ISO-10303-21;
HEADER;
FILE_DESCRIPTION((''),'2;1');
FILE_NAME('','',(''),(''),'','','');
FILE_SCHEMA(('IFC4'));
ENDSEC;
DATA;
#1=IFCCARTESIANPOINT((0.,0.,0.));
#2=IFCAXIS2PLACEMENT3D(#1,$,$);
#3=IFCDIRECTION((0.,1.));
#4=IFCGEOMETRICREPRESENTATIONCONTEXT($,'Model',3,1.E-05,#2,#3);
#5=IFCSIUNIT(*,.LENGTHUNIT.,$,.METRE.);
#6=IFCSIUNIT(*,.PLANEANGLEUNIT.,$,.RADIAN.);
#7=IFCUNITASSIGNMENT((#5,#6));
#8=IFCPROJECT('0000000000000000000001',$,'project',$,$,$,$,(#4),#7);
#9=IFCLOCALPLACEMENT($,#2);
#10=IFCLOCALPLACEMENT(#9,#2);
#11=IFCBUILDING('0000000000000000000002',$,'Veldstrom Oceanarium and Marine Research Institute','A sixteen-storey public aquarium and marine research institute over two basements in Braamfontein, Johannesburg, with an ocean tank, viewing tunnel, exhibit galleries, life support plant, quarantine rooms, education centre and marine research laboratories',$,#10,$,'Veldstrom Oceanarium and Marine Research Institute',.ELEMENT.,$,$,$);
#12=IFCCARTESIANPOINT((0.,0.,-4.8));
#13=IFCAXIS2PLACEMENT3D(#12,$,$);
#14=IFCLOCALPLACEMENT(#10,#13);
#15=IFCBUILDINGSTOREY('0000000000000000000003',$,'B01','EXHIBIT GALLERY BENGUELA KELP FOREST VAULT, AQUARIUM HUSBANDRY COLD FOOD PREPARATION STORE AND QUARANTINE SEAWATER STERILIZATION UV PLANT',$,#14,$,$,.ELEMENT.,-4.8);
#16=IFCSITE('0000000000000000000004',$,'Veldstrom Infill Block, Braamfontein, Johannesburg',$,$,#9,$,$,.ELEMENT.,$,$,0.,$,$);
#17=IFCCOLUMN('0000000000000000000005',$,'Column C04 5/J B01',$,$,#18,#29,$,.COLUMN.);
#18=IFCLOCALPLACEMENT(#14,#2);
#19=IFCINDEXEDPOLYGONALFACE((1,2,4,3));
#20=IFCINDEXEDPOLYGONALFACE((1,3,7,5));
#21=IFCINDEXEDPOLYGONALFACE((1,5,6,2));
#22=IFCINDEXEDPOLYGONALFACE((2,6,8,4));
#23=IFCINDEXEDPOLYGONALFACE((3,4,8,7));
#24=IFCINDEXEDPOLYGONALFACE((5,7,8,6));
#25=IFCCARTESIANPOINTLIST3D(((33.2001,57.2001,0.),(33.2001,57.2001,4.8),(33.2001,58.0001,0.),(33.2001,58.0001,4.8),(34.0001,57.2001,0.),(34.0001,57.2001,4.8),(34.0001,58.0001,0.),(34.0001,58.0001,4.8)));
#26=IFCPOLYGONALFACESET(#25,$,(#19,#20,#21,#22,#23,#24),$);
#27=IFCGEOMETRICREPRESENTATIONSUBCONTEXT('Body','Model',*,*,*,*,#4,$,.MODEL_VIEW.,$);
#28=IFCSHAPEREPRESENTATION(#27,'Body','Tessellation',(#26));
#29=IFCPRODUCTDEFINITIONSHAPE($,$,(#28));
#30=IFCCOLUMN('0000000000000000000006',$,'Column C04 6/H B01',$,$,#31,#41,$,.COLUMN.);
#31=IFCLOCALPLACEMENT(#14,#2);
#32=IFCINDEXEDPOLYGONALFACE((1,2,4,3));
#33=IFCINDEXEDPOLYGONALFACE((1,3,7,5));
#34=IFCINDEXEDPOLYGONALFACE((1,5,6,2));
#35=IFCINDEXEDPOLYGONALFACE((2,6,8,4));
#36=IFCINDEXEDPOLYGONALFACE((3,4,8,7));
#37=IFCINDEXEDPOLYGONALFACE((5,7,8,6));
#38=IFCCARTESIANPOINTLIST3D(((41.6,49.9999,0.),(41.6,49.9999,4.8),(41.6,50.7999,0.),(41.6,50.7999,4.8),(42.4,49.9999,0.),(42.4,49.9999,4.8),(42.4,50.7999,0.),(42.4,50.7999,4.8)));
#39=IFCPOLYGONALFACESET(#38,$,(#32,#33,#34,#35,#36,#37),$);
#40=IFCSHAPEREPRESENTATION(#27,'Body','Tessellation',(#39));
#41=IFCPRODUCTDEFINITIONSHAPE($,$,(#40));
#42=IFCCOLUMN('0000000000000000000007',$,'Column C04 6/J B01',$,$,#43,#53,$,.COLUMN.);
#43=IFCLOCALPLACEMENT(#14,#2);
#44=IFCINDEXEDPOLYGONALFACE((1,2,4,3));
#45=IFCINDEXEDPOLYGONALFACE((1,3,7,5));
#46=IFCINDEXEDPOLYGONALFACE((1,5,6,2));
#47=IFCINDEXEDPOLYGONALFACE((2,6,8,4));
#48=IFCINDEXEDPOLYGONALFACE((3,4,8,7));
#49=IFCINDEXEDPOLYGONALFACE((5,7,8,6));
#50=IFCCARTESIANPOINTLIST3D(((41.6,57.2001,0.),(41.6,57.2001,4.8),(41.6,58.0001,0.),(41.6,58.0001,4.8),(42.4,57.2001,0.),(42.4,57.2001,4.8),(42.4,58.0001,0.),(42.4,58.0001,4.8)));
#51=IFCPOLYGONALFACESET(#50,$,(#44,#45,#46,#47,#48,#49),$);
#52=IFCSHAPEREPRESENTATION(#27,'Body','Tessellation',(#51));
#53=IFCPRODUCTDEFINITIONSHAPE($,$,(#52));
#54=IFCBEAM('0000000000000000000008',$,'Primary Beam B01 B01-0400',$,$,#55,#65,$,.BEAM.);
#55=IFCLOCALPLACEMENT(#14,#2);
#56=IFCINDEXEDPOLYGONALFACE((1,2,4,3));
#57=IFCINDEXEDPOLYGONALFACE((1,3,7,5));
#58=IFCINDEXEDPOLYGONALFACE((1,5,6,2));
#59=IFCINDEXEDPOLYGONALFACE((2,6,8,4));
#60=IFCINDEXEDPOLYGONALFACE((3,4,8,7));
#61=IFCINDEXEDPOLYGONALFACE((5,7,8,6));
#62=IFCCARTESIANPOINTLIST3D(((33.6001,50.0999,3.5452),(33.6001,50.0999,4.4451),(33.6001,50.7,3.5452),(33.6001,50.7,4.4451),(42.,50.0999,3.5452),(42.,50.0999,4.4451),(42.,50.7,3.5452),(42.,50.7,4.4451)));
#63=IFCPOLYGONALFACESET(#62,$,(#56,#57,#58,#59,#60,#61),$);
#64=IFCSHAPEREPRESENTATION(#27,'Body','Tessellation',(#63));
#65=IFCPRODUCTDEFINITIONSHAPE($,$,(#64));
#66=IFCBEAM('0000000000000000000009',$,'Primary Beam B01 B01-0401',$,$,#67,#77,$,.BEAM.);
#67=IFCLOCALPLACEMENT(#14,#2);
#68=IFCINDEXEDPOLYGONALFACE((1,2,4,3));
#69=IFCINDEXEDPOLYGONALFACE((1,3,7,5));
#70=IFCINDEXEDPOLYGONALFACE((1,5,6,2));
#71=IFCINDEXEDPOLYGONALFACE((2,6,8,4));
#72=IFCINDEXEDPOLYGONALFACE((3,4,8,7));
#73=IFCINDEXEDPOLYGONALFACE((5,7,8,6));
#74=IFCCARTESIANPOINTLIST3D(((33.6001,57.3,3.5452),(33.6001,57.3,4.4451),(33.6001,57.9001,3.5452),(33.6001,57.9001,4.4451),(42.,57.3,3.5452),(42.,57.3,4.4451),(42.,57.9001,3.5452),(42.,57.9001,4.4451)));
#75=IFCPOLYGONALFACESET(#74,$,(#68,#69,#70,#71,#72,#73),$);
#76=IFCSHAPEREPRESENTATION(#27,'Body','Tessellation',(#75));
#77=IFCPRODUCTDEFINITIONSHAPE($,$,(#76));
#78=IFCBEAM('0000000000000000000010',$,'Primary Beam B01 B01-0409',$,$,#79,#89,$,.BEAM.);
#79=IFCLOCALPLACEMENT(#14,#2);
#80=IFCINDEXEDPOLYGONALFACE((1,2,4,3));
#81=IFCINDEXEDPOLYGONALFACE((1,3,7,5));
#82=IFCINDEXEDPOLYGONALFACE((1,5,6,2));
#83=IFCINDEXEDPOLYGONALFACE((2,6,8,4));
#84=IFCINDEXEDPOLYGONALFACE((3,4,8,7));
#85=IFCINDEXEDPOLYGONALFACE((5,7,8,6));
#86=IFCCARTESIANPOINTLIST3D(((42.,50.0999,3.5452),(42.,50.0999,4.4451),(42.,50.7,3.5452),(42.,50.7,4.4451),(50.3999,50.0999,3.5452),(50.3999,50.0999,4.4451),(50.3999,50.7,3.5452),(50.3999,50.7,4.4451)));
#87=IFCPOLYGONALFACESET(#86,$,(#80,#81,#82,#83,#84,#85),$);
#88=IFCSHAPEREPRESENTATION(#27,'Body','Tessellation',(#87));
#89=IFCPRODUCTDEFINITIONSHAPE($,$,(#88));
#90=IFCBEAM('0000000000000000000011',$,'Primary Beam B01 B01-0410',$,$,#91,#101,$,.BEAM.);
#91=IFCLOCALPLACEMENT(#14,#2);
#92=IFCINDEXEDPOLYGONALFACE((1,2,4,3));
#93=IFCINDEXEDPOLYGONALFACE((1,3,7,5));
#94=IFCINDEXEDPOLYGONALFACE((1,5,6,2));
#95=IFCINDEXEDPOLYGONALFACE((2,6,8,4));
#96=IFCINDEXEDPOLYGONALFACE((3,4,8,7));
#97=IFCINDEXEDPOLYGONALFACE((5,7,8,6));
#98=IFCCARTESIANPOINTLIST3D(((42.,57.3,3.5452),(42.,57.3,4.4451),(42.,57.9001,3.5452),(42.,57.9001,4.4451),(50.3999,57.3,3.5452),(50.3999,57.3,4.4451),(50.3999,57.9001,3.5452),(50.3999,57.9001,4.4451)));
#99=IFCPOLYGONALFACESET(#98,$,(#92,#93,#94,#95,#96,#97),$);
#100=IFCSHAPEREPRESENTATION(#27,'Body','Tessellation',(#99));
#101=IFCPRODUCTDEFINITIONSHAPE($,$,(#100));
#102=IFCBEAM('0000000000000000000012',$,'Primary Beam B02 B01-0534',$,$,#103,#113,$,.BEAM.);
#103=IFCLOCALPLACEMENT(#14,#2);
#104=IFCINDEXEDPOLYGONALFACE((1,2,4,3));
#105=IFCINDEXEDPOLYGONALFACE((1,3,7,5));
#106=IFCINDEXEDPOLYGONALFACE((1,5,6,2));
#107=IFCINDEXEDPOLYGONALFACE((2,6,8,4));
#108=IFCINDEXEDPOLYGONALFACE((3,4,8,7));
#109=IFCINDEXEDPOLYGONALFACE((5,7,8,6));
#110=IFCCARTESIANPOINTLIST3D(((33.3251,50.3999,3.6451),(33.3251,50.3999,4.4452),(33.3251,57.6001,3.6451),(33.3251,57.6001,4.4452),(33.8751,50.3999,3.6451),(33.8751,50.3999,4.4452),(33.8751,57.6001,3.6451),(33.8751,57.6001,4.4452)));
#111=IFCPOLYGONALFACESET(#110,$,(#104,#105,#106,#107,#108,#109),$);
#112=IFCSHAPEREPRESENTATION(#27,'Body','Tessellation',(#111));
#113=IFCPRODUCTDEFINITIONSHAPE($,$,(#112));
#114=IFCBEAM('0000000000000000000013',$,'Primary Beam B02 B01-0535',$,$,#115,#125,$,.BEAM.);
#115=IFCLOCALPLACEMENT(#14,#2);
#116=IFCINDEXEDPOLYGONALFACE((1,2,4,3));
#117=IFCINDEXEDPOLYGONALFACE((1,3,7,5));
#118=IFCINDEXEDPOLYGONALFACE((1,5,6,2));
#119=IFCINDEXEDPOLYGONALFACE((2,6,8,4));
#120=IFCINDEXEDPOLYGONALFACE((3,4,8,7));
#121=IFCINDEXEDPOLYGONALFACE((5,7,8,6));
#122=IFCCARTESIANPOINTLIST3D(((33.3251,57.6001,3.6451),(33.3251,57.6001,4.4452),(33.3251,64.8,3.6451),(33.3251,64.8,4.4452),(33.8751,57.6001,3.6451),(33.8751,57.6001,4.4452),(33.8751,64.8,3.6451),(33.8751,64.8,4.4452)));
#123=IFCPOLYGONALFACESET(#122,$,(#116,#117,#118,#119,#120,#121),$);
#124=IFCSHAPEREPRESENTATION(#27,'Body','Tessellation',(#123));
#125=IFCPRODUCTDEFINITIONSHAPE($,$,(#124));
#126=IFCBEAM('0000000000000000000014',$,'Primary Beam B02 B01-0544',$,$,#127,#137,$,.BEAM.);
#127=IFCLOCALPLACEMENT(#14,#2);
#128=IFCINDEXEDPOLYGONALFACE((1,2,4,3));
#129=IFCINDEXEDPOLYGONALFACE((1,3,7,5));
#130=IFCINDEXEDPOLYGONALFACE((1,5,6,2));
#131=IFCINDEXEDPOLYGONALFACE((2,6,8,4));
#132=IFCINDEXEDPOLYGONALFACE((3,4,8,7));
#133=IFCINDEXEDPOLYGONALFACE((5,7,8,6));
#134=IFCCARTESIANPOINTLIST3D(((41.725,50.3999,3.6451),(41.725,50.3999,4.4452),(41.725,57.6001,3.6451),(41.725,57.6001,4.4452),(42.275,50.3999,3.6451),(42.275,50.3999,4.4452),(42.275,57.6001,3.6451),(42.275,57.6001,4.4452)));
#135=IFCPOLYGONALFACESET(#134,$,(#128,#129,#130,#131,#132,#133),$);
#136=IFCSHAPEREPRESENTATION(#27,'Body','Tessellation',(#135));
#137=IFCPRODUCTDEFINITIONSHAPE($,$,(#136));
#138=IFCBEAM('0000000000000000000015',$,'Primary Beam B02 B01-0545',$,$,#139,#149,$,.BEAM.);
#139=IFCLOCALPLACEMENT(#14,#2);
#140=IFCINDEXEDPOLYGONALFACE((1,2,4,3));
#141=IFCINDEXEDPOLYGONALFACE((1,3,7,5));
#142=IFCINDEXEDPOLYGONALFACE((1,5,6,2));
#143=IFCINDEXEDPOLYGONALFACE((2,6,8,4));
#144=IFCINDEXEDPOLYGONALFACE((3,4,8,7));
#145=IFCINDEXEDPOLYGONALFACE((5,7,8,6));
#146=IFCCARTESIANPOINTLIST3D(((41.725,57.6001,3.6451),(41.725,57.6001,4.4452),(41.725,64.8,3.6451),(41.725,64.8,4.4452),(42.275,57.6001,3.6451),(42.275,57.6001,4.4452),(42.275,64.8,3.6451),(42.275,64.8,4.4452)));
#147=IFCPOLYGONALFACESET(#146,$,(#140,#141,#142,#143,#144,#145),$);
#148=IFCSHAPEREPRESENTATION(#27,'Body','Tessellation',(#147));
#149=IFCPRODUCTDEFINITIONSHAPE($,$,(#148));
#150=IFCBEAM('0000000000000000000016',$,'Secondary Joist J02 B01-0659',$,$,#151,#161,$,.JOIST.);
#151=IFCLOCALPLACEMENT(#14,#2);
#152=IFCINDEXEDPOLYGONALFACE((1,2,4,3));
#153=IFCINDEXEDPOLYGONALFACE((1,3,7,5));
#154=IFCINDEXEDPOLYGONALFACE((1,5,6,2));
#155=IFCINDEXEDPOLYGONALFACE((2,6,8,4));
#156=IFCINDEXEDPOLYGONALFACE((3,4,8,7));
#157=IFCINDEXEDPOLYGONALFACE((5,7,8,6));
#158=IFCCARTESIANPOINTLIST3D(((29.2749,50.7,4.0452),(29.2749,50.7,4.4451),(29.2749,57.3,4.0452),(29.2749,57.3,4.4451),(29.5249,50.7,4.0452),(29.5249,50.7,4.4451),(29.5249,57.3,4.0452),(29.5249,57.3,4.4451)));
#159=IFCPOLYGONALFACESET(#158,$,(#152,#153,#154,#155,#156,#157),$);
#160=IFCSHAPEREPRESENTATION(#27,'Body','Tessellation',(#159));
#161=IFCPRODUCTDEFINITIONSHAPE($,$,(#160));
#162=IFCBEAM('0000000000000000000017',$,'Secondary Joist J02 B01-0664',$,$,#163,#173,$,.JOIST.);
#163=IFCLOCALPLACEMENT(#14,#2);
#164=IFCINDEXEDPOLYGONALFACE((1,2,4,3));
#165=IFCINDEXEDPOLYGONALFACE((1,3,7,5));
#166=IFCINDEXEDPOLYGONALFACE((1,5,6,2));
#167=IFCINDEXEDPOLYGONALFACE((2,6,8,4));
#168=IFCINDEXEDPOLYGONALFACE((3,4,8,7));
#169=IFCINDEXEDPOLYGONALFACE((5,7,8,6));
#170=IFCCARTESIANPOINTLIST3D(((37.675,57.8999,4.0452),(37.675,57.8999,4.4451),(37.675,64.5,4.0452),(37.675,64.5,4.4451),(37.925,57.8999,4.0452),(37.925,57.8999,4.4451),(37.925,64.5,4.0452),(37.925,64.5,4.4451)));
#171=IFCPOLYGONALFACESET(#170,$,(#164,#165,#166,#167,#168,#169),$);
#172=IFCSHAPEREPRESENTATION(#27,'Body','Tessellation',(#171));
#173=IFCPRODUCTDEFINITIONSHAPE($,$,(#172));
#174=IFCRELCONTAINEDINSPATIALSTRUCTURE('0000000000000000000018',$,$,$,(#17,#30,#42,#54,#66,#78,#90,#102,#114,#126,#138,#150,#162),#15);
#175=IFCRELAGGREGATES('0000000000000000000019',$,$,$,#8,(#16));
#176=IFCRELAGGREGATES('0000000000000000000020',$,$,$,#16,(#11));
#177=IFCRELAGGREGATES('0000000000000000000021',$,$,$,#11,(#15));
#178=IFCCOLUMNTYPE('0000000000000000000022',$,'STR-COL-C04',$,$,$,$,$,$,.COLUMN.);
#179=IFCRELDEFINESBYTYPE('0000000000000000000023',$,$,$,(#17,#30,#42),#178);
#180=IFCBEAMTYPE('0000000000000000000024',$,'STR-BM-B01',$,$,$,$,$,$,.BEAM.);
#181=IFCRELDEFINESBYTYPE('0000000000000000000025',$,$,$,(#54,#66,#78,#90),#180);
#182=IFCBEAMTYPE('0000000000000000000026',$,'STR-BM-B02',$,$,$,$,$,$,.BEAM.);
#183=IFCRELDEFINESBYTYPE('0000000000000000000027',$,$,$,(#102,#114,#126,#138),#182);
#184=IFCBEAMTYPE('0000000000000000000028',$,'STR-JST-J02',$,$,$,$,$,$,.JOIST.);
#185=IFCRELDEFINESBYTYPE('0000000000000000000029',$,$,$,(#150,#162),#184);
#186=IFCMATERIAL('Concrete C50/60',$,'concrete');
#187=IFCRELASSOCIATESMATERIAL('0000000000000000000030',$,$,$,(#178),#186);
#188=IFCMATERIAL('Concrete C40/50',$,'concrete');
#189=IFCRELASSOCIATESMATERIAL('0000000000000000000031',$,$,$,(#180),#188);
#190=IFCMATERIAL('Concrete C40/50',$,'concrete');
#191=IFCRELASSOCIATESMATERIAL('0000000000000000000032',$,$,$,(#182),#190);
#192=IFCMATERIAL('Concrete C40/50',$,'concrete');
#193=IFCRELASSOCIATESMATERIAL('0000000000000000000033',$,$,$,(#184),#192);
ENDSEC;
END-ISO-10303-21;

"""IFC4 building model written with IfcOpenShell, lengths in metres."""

from ifc_helpers import new_model, si_unit, direction, frame, origin, origin_2d, place, context, subcontext, project, spatial, rectangle, extrude, material, material_profile, profile_set, type_object, element, save


model = new_model("IFC4")

# Units and contexts
model_context = context("Model", 3, precision=1e-05, world=origin(), true_north=direction((0.0, 1.0)))
body_context = subcontext(model_context, "Body", "Model", "MODEL_VIEW")
ifc_project = project(units=[si_unit("LENGTHUNIT", "METRE"), si_unit("PLANEANGLEUNIT", "RADIAN")], contexts=[model_context])

# Site, building, storey
site_placement = place(None, origin())
site = spatial("IfcSite", under=ifc_project, at=site_placement, Name="Veldstrom Infill Block, Braamfontein, Johannesburg", CompositionType="ELEMENT", RefElevation=0.0)
building_placement = place(site_placement, origin())
building = spatial("IfcBuilding", under=site, at=building_placement, Name="Veldstrom Oceanarium and Marine Research Institute", Description="A sixteen-storey public aquarium and marine research institute over two basements in Braamfontein, Johannesburg, with an ocean tank, viewing tunnel, exhibit galleries, life support plant, quarantine rooms, education centre and marine research laboratories", LongName="Veldstrom Oceanarium and Marine Research Institute", CompositionType="ELEMENT")
storey_placement = place(building_placement, frame((0.0, 0.0, -4.8)))
storey = spatial("IfcBuildingStorey", under=building, at=storey_placement, Name="B01", Description="EXHIBIT GALLERY BENGUELA KELP FOREST VAULT, AQUARIUM HUSBANDRY COLD FOOD PREPARATION STORE AND QUARANTINE SEAWATER STERILIZATION UV PLANT", CompositionType="ELEMENT", Elevation=-4.8)

# Columns
ifc_material_1 = material(Name="Concrete C50/60", Category="concrete")
ifc_material_profile_1 = material_profile(ifc_material_1, rectangle(XDim=0.8, YDim=0.8, at=origin_2d()), Name="RC-COL-800x800")
ifc_profile_set_1 = profile_set([ifc_material_profile_1], Name="Concrete C50/60")
column_type = type_object("IfcColumnType", Name="STR-COL-C04", PredefinedType="COLUMN", material=ifc_profile_set_1)
for number, where, z_axis, x_axis, name in (
    (1, (33.6001, 57.6001, 0.0), (0.0, 0.0, 1.0), (1.0, 0.0, 0.0), "Column C04 5/J B01"),
    (2, (42.0, 50.3999, 0.0), (0.0, 0.0, 1.0), (1.0, 0.0, 0.0), "Column C04 6/H B01"),
    (3, (42.0, 57.6001, 0.0), (0.0, 0.0, 1.0), (1.0, 0.0, 0.0), "Column C04 6/J B01"),
):
    element("IfcColumn", number, at=place(storey_placement, frame(where, z_axis=z_axis, x_axis=x_axis)), inside=storey, type_object=column_type, Name=name, PredefinedType="COLUMN", context=body_context, shape_type="SweptSolid", body=[
        extrude(rectangle(XDim=0.8, YDim=0.8, at=origin_2d()), origin(), (0.0, 0.0, 1.0), 4.8),
    ])

# Beams
ifc_material_2 = material(Name="Concrete C40/50", Category="concrete")
ifc_material_profile_2 = material_profile(ifc_material_2, rectangle(XDim=0.6001, YDim=0.8999, at=origin_2d()), Name="RC-BM-600x900")
ifc_profile_set_2 = profile_set([ifc_material_profile_2], Name="Concrete C40/50")
beam_type_1 = type_object("IfcBeamType", Name="STR-BM-B01", PredefinedType="BEAM", material=ifc_profile_set_2)
for number, where, z_axis, x_axis, name in (
    (4, (33.6001, 50.3999, 3.9951), (1.0, 0.0, 0.0), (0.0, 1.0, 0.0), "Primary Beam B01 B01-0400"),
    (5, (33.6001, 57.6001, 3.9951), (1.0, 0.0, 0.0), (0.0, 1.0, 0.0), "Primary Beam B01 B01-0401"),
    (6, (42.0, 50.3999, 3.9951), (1.0, 0.0, 0.0), (0.0, 1.0, 0.0), "Primary Beam B01 B01-0409"),
    (7, (42.0, 57.6001, 3.9951), (1.0, 0.0, 0.0), (0.0, 1.0, 0.0), "Primary Beam B01 B01-0410"),
):
    element("IfcBeam", number, at=place(storey_placement, frame(where, z_axis=z_axis, x_axis=x_axis)), inside=storey, type_object=beam_type_1, Name=name, PredefinedType="BEAM", context=body_context, shape_type="SweptSolid", body=[
        extrude(rectangle(XDim=0.6001, YDim=0.8999, at=origin_2d()), origin(), (0.0, 0.0, 1.0), 8.3999),
    ])
ifc_material_3 = material(Name="Concrete C40/50", Category="concrete")
ifc_material_profile_3 = material_profile(ifc_material_3, rectangle(XDim=0.55, YDim=0.8, at=origin_2d()), Name="RC-BM-550x800")
ifc_profile_set_3 = profile_set([ifc_material_profile_3], Name="Concrete C40/50")
beam_type_2 = type_object("IfcBeamType", Name="STR-BM-B02", PredefinedType="BEAM", material=ifc_profile_set_3)
beam_1_placement = place(storey_placement, frame((33.6001, 50.3999, 4.0452), z_axis=(0.0, 1.0, 0.0), x_axis=(-1.0, 0.0, 0.0)))
element("IfcBeam", 8, at=beam_1_placement, inside=storey, type_object=beam_type_2, Name="Primary Beam B02 B01-0534", PredefinedType="BEAM", context=body_context, shape_type="SweptSolid", body=[
    extrude(rectangle(XDim=0.55, YDim=0.8, at=origin_2d()), origin(), (0.0, 0.0, 1.0), 7.2002),
])
beam_2_placement = place(storey_placement, frame((33.6001, 57.6001, 4.0452), z_axis=(0.0, 1.0, 0.0), x_axis=(-1.0, 0.0, 0.0)))
element("IfcBeam", 9, at=beam_2_placement, inside=storey, type_object=beam_type_2, Name="Primary Beam B02 B01-0535", PredefinedType="BEAM", context=body_context, shape_type="SweptSolid", body=[
    extrude(rectangle(XDim=0.55, YDim=0.8, at=origin_2d()), origin(), (0.0, 0.0, 1.0), 7.2),
])
beam_3_placement = place(storey_placement, frame((42.0, 50.3999, 4.0452), z_axis=(0.0, 1.0, 0.0), x_axis=(-1.0, 0.0, 0.0)))
element("IfcBeam", 10, at=beam_3_placement, inside=storey, type_object=beam_type_2, Name="Primary Beam B02 B01-0544", PredefinedType="BEAM", context=body_context, shape_type="SweptSolid", body=[
    extrude(rectangle(XDim=0.55, YDim=0.8, at=origin_2d()), origin(), (0.0, 0.0, 1.0), 7.2002),
])
beam_4_placement = place(storey_placement, frame((42.0, 57.6001, 4.0452), z_axis=(0.0, 1.0, 0.0), x_axis=(-1.0, 0.0, 0.0)))
element("IfcBeam", 11, at=beam_4_placement, inside=storey, type_object=beam_type_2, Name="Primary Beam B02 B01-0545", PredefinedType="BEAM", context=body_context, shape_type="SweptSolid", body=[
    extrude(rectangle(XDim=0.55, YDim=0.8, at=origin_2d()), origin(), (0.0, 0.0, 1.0), 7.2),
])
ifc_material_4 = material(Name="Concrete C40/50", Category="concrete")
ifc_material_profile_4 = material_profile(ifc_material_4, rectangle(XDim=0.25, YDim=0.3999, at=origin_2d()), Name="RC-JST-250x400")
ifc_profile_set_4 = profile_set([ifc_material_profile_4], Name="Concrete C40/50")
beam_type_3 = type_object("IfcBeamType", Name="STR-JST-J02", PredefinedType="JOIST", material=ifc_profile_set_4)
for number, where, z_axis, x_axis, name in (
    (12, (29.3999, 50.7, 4.2451), (0.0, 1.0, 0.0), (-1.0, 0.0, 0.0), "Secondary Joist J02 B01-0659"),
    (13, (37.8, 57.8999, 4.2451), (0.0, 1.0, 0.0), (-1.0, 0.0, 0.0), "Secondary Joist J02 B01-0664"),
):
    element("IfcBeam", number, at=place(storey_placement, frame(where, z_axis=z_axis, x_axis=x_axis)), inside=storey, type_object=beam_type_3, Name=name, PredefinedType="JOIST", context=body_context, shape_type="SweptSolid", body=[
        extrude(rectangle(XDim=0.25, YDim=0.3999, at=origin_2d()), origin(), (0.0, 0.0, 1.0), 6.6001),
    ])

save(model, "model.ifc")
